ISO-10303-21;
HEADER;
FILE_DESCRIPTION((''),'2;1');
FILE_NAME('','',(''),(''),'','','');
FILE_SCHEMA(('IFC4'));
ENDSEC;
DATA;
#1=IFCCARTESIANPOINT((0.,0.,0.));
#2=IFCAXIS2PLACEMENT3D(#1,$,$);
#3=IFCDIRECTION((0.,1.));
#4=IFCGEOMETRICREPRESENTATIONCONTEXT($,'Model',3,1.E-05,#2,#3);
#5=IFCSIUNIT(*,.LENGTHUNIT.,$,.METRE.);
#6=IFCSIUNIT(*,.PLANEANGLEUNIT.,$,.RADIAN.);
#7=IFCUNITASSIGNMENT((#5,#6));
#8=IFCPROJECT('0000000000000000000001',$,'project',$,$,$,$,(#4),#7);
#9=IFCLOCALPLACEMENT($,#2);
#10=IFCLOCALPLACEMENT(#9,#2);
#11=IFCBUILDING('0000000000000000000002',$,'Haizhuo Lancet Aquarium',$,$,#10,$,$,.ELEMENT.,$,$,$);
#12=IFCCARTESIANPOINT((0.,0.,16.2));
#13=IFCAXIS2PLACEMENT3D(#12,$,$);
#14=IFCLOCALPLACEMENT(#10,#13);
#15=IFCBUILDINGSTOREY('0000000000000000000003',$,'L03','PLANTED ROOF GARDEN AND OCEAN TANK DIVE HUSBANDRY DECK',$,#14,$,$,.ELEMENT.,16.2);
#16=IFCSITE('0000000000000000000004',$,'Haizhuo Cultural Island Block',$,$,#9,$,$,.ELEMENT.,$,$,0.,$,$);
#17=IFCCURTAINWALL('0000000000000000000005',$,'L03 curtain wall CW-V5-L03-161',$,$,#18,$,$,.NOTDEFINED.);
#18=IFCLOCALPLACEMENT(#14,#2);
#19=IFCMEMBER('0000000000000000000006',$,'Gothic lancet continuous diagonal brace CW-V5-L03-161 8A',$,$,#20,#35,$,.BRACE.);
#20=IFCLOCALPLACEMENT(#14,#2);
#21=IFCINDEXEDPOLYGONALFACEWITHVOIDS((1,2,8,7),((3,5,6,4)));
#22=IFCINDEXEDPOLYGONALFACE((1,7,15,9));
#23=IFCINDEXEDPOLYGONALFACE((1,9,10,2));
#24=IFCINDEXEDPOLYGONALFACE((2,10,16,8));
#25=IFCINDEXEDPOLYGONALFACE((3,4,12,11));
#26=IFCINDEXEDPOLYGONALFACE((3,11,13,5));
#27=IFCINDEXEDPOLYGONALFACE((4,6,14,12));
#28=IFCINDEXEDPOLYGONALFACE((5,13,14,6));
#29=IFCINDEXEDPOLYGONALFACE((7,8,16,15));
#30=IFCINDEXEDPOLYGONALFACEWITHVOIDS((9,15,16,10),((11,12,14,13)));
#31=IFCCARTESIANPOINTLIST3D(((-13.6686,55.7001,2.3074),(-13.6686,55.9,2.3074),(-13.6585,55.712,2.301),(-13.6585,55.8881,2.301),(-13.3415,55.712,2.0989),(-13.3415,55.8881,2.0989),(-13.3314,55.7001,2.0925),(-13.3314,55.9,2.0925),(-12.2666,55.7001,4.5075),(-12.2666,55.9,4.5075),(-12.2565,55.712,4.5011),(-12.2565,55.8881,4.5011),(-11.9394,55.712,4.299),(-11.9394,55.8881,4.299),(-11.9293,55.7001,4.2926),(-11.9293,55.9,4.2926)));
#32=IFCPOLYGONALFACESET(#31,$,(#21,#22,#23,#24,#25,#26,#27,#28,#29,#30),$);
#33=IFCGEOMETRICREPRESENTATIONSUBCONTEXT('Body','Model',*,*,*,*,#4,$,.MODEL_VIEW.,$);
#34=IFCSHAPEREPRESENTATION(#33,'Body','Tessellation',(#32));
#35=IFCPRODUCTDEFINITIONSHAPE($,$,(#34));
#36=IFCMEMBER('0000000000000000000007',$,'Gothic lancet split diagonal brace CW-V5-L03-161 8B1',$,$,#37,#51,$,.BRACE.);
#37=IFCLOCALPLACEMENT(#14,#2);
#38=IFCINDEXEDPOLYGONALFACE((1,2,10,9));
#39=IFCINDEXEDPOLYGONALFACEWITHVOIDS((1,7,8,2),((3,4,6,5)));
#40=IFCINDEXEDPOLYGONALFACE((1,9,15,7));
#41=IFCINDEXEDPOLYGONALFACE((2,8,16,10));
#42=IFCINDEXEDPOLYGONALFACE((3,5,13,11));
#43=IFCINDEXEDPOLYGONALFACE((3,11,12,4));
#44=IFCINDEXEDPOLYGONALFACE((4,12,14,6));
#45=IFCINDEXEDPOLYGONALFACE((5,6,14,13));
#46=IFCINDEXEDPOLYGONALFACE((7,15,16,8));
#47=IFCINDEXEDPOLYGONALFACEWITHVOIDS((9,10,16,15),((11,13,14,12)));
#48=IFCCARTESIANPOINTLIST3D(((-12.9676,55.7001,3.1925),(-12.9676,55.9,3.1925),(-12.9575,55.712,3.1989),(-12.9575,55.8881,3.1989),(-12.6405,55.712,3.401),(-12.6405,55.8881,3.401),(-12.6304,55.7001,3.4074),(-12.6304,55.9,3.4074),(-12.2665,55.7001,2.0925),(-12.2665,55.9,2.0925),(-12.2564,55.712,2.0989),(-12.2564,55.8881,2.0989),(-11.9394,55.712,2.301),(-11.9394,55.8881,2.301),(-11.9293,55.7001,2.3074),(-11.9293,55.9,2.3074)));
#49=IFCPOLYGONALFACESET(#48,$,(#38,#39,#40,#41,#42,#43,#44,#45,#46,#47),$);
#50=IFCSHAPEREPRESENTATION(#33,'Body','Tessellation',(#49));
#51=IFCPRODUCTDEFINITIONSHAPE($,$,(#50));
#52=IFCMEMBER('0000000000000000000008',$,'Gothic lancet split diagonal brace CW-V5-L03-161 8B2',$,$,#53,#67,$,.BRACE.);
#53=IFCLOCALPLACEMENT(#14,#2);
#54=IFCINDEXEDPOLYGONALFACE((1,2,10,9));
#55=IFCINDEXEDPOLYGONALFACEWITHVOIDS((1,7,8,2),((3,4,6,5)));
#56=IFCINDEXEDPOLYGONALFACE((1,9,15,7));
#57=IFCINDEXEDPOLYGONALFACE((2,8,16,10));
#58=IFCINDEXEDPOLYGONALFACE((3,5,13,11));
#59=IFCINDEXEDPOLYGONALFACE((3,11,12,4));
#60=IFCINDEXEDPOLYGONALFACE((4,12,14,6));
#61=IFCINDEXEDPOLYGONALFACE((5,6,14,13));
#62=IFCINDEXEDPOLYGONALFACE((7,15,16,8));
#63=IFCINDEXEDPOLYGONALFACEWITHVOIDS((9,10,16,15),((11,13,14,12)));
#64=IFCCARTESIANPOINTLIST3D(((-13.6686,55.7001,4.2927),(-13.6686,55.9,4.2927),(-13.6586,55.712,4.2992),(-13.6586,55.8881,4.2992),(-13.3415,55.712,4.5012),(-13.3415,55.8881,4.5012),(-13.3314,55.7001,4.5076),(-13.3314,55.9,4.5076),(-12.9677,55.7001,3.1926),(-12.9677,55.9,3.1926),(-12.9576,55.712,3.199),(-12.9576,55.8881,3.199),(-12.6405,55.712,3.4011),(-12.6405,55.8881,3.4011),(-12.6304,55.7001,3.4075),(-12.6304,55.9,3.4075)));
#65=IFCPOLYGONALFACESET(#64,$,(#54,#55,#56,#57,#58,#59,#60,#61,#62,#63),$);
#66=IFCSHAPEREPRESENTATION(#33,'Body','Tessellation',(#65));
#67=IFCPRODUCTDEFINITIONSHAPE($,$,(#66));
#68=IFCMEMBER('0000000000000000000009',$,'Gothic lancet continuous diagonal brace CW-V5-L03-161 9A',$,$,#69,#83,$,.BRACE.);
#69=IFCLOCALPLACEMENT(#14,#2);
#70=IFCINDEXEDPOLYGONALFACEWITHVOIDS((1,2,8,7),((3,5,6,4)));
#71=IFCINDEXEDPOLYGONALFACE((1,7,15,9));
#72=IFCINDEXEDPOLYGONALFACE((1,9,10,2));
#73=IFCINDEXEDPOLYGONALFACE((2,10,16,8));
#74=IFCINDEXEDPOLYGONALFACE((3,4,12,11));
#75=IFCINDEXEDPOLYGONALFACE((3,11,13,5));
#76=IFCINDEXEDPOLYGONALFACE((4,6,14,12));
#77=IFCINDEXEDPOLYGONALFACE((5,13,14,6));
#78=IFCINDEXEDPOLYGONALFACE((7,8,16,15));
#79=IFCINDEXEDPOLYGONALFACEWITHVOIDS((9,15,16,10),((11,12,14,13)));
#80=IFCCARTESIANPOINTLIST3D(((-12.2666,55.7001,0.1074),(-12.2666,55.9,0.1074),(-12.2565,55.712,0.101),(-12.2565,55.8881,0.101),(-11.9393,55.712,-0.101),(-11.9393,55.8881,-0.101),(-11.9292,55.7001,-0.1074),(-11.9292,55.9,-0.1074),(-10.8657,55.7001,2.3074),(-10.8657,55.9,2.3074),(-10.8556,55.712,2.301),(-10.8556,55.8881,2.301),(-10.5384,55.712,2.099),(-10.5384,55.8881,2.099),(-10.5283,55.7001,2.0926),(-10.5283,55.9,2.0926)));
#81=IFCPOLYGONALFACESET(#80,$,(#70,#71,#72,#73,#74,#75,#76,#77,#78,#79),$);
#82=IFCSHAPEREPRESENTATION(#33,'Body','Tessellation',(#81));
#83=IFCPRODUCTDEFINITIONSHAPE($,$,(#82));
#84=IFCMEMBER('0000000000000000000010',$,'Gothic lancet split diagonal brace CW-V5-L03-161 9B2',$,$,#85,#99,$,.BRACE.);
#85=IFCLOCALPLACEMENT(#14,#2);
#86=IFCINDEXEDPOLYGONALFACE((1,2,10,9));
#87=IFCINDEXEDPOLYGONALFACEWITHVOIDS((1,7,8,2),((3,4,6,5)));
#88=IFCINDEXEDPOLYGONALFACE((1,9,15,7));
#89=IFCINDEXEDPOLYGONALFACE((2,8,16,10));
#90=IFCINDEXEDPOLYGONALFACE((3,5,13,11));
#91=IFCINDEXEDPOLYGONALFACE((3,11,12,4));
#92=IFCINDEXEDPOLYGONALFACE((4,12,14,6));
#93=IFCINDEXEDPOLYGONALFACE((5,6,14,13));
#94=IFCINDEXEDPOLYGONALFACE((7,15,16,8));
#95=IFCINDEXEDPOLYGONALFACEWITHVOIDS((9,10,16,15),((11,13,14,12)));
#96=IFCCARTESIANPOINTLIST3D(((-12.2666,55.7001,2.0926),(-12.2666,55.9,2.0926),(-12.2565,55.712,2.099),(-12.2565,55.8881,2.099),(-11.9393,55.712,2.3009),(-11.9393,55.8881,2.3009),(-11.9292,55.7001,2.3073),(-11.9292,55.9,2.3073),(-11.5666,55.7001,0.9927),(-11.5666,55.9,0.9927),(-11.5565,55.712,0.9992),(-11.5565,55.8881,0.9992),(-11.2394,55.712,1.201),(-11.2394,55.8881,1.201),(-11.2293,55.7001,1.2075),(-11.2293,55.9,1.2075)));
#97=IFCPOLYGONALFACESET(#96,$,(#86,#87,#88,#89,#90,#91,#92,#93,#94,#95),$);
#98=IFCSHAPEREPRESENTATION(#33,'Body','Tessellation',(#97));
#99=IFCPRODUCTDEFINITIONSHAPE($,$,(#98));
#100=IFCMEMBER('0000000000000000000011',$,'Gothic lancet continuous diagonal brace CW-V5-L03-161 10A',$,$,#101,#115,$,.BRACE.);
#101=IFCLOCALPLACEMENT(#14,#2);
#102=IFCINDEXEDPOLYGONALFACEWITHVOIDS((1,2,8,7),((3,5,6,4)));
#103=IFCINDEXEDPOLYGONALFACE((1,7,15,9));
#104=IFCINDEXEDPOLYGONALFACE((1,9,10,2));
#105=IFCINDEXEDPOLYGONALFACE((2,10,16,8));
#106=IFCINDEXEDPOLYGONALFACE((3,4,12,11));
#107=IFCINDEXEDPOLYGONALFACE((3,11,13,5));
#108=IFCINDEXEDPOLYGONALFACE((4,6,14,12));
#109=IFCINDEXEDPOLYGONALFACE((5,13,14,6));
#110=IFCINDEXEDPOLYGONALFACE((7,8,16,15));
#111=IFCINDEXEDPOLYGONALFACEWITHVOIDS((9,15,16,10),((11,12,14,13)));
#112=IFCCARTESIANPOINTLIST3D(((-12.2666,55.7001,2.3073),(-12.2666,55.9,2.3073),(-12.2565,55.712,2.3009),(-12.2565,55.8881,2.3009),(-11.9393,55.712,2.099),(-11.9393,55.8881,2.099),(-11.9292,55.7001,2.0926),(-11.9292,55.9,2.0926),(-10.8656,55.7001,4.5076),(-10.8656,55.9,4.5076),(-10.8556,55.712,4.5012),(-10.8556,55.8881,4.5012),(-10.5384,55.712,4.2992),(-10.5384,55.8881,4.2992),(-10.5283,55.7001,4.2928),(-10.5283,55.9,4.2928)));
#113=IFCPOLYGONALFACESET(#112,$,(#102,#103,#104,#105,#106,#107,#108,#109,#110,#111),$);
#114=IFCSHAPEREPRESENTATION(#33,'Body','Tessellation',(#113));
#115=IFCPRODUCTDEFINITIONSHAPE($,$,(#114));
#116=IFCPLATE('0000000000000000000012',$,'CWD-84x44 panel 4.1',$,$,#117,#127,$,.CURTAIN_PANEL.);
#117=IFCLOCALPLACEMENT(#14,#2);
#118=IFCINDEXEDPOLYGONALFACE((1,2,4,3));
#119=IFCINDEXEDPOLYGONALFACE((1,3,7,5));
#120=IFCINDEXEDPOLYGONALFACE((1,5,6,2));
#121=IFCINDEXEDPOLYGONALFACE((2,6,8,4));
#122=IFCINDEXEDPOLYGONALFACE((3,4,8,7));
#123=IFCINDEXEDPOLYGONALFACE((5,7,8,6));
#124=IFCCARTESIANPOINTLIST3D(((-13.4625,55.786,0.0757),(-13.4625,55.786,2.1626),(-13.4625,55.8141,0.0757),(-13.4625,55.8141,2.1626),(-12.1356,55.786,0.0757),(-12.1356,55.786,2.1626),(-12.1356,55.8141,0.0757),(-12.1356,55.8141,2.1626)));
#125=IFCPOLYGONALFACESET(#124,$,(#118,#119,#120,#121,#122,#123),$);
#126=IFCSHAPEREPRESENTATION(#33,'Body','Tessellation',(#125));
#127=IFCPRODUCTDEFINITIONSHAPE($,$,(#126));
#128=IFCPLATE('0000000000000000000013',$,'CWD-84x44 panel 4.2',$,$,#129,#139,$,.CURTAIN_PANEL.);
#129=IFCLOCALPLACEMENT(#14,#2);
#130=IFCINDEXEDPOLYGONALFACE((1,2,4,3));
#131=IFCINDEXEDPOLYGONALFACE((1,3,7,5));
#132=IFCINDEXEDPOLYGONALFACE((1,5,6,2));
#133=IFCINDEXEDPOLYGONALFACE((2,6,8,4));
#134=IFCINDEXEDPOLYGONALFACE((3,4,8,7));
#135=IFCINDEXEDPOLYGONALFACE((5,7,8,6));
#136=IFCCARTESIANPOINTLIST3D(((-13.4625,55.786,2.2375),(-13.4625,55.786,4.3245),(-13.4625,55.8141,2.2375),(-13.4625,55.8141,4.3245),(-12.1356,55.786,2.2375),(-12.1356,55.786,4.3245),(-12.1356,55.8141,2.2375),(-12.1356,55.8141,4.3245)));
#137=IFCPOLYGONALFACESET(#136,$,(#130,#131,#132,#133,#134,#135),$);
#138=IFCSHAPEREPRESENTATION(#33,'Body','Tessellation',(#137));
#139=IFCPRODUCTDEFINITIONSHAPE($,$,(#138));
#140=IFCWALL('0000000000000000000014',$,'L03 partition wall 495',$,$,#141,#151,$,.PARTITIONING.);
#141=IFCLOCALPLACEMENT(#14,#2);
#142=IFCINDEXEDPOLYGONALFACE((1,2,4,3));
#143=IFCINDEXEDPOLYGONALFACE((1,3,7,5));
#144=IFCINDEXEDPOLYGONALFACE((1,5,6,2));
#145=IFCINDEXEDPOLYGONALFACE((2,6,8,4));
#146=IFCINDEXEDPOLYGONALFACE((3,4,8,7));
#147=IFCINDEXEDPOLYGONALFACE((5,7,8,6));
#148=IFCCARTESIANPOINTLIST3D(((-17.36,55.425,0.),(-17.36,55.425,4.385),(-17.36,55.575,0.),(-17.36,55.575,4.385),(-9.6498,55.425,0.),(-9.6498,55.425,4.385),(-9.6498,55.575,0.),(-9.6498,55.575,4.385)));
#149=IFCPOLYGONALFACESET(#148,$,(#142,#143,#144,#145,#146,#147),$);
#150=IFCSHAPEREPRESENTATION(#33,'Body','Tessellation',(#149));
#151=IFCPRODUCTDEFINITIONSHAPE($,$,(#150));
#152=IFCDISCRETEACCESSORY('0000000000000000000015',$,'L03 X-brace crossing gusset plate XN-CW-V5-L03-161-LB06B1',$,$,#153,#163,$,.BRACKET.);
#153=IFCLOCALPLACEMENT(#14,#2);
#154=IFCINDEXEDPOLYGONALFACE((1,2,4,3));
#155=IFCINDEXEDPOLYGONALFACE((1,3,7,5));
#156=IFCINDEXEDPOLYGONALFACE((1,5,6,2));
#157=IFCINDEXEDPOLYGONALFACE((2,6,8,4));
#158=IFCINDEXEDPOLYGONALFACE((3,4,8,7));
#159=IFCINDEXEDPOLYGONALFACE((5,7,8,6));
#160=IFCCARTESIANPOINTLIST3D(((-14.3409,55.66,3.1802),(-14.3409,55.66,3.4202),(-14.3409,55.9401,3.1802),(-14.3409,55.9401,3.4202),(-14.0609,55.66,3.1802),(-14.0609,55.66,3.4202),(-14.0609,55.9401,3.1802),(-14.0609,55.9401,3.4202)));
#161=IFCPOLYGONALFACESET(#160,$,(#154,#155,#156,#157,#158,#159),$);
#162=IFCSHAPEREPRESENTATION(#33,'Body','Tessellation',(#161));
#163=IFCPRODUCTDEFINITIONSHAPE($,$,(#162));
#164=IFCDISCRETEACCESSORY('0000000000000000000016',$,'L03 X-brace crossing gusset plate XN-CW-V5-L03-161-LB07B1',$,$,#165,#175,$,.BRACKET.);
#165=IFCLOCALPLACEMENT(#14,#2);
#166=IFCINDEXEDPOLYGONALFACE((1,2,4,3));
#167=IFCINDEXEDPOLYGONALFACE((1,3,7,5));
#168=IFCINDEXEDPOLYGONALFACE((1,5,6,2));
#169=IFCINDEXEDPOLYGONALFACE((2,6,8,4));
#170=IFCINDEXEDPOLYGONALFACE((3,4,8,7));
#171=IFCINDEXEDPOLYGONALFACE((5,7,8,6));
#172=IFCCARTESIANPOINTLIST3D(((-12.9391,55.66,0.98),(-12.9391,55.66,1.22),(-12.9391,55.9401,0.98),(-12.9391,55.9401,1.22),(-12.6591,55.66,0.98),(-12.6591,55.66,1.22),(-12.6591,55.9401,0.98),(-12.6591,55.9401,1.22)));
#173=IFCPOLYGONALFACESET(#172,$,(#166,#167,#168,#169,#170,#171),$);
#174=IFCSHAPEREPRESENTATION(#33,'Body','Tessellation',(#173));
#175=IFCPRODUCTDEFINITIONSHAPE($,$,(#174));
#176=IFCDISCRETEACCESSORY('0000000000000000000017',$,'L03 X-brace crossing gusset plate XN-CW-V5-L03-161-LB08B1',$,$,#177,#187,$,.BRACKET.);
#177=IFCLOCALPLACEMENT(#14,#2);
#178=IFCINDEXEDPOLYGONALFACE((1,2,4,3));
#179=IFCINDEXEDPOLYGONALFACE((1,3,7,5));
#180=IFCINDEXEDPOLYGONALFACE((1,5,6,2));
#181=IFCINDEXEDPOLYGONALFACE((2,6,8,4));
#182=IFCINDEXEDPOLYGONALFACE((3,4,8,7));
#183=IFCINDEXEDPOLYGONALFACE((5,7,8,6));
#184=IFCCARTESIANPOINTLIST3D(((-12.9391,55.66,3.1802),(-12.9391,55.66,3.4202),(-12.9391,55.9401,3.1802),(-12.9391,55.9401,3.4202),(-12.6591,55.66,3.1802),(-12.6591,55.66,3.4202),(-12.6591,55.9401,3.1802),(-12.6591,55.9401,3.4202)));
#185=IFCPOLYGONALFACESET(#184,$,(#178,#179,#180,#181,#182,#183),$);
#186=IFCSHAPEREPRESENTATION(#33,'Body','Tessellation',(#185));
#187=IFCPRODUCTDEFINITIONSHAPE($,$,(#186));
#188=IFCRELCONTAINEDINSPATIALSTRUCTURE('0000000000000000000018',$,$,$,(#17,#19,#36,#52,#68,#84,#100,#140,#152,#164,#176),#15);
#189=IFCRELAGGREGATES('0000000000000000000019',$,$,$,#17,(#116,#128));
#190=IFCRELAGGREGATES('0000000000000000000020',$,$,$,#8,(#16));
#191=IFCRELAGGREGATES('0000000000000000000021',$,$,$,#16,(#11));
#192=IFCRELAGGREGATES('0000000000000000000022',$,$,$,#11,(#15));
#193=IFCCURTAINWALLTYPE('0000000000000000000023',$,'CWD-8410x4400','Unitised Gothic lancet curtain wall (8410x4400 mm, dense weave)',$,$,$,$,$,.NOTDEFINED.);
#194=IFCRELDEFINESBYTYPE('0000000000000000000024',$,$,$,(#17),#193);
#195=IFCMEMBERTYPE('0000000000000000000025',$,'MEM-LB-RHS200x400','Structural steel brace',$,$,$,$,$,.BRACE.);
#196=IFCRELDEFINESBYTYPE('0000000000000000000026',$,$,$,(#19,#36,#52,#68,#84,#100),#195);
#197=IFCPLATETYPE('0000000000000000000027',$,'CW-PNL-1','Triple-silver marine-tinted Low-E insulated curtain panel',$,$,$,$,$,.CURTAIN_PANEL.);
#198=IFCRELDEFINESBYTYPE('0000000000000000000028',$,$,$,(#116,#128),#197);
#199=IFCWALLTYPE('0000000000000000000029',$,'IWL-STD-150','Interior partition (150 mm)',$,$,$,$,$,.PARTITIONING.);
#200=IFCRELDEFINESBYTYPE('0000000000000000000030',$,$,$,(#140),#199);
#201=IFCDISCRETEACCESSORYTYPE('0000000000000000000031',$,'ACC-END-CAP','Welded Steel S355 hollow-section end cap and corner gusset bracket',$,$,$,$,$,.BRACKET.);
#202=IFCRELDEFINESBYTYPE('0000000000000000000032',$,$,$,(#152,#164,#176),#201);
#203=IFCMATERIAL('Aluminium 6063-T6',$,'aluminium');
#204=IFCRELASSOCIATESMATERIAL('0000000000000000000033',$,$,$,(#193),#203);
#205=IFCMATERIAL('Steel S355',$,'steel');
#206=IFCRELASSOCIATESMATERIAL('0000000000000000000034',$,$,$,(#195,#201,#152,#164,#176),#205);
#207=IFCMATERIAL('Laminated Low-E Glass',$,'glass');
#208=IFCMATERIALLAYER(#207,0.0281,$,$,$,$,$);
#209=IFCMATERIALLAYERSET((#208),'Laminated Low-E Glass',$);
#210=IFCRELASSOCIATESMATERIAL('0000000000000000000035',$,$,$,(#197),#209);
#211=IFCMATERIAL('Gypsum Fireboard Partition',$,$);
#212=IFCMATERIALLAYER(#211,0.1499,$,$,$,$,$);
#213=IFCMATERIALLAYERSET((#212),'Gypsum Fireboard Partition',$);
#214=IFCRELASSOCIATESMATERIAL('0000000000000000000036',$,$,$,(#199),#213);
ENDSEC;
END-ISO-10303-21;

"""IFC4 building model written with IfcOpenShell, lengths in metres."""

from ifc_helpers import new_model, si_unit, direction, frame, frame_2d, origin, origin_2d, place, context, subcontext, project, spatial, rectangle, hollow_rectangle, extrude, material, layer, layer_set, material_profile, profile_set, type_object, element, aggregate, save


model = new_model("IFC4")

# Units and contexts
model_context = context("Model", 3, precision=1e-05, world=origin(), true_north=direction((0.0, 1.0)))
body_context = subcontext(model_context, "Body", "Model", "MODEL_VIEW")
ifc_project = project(units=[si_unit("LENGTHUNIT", "METRE"), si_unit("PLANEANGLEUNIT", "RADIAN")], contexts=[model_context])

# Site, building, storey
site_placement = place(None, origin())
site = spatial("IfcSite", under=ifc_project, at=site_placement, Name="Haizhuo Cultural Island Block", CompositionType="ELEMENT", RefElevation=0.0)
building_placement = place(site_placement, origin())
building = spatial("IfcBuilding", under=site, at=building_placement, Name="Haizhuo Lancet Aquarium", CompositionType="ELEMENT")
storey_placement = place(building_placement, frame((0.0, 0.0, 16.2)))
storey = spatial("IfcBuildingStorey", under=building, at=storey_placement, Name="L03", Description="PLANTED ROOF GARDEN AND OCEAN TANK DIVE HUSBANDRY DECK", CompositionType="ELEMENT", Elevation=16.2)

# Curtain wall
ifc_material_1 = material(Name="Aluminium 6063-T6", Category="aluminium")
curtain_wall_type = type_object("IfcCurtainWallType", Name="CWD-8410x4400", Description="Unitised Gothic lancet curtain wall (8410x4400 mm, dense weave)", PredefinedType="NOTDEFINED", material=ifc_material_1)
curtain_wall_placement = place(storey_placement, origin())
curtain_wall = element("IfcCurtainWall", 1, at=curtain_wall_placement, inside=storey, type_object=curtain_wall_type, Name="L03 curtain wall CW-V5-L03-161", PredefinedType="NOTDEFINED")

# Shared definitions
ifc_material_2 = material(Name="Steel S355", Category="steel")

# Members
ifc_material_profile_1 = material_profile(ifc_material_2, hollow_rectangle(XDim=0.2, YDim=0.3999, WallThickness=0.012, at=origin_2d()), Name="RHS 200x400x12")
ifc_profile_set_1 = profile_set([ifc_material_profile_1], Name="Steel S355")
member_type_1 = type_object("IfcMemberType", Name="MEM-LB-RHS200x400", Description="Structural steel brace", PredefinedType="BRACE", material=ifc_profile_set_1)
member_1_placement = place(storey_placement, frame((-13.5, 55.8, 2.2), z_axis=(0.537414, 0.0, 0.843318), x_axis=(0.0, 1.0, 0.0)))
element("IfcMember", 2, at=member_1_placement, inside=storey, type_object=member_type_1, Name="Gothic lancet continuous diagonal brace CW-V5-L03-161 8A", PredefinedType="BRACE", context=body_context, shape_type="SweptSolid", body=[
    extrude(hollow_rectangle(XDim=0.2, YDim=0.3999, WallThickness=0.012, at=origin_2d()), origin(), (0.0, 0.0, 1.0), 2.6089),
])
for number, where, z_axis, x_axis, name in (
    (3, (-12.0979, 55.8, 2.2), (-0.537481, 0.0, 0.843276), (0.0, -1.0, 0.0), "Gothic lancet split diagonal brace CW-V5-L03-161 8B1"),
    (4, (-12.7991, 55.8, 3.3), (-0.537348, 0.0, 0.843361), (0.0, -1.0, 0.0), "Gothic lancet split diagonal brace CW-V5-L03-161 8B2"),
):
    element("IfcMember", number, at=place(storey_placement, frame(where, z_axis=z_axis, x_axis=x_axis)), inside=storey, type_object=member_type_1, Name=name, PredefinedType="BRACE", context=body_context, shape_type="SweptSolid", body=[
        extrude(hollow_rectangle(XDim=0.2, YDim=0.3999, WallThickness=0.012, at=origin_2d()), origin(), (0.0, 0.0, 1.0), 1.3044),
    ])
member_2_placement = place(storey_placement, frame((-12.0979, 55.8, 0.0), z_axis=(0.537124, 0.0, 0.843503), x_axis=(0.0, 1.0, 0.0)))
element("IfcMember", 5, at=member_2_placement, inside=storey, type_object=member_type_1, Name="Gothic lancet continuous diagonal brace CW-V5-L03-161 9A", PredefinedType="BRACE", context=body_context, shape_type="SweptSolid", body=[
    extrude(hollow_rectangle(XDim=0.2, YDim=0.3999, WallThickness=0.012, at=origin_2d()), origin(), (0.0, 0.0, 1.0), 2.6082),
])
member_3_placement = place(storey_placement, frame((-11.3979, 55.8, 1.1001), z_axis=(-0.5369, 0.0, 0.843646), x_axis=(0.0, -1.0, 0.0)))
element("IfcMember", 6, at=member_3_placement, inside=storey, type_object=member_type_1, Name="Gothic lancet split diagonal brace CW-V5-L03-161 9B2", PredefinedType="BRACE", context=body_context, shape_type="SweptSolid", body=[
    extrude(hollow_rectangle(XDim=0.2, YDim=0.3999, WallThickness=0.012, at=origin_2d()), origin(), (0.0, 0.0, 1.0), 1.3037),
])
member_4_placement = place(storey_placement, frame((-12.0979, 55.8, 2.2), z_axis=(0.537081, 0.0, 0.84353), x_axis=(0.0, 1.0, 0.0)))
element("IfcMember", 7, at=member_4_placement, inside=storey, type_object=member_type_1, Name="Gothic lancet continuous diagonal brace CW-V5-L03-161 10A", PredefinedType="BRACE", context=body_context, shape_type="SweptSolid", body=[
    extrude(hollow_rectangle(XDim=0.2, YDim=0.3999, WallThickness=0.012, at=origin_2d()), origin(), (0.0, 0.0, 1.0), 2.6084),
])

# Plates
ifc_material_3 = material(Name="Laminated Low-E Glass", Category="glass")
ifc_layer_1 = layer(ifc_material_3, 0.0281)
ifc_layer_set_1 = layer_set([ifc_layer_1], Name="Laminated Low-E Glass")
plate_type = type_object("IfcPlateType", Name="CW-PNL-1", Description="Triple-silver marine-tinted Low-E insulated curtain panel", PredefinedType="CURTAIN_PANEL", material=ifc_layer_set_1)
plate_1_placement = place(storey_placement, frame((-12.7991, 55.8, 0.0757), z_axis=(0.0, 0.0, 1.0), x_axis=(1.0, 0.0, 0.0)))
plate_1 = element("IfcPlate", 8, at=plate_1_placement, type_object=plate_type, Name="CWD-84x44 panel 4.1", PredefinedType="CURTAIN_PANEL", context=body_context, shape_type="SweptSolid", body=[
    extrude(rectangle(XDim=1.3269, YDim=0.0281, at=origin_2d()), origin(), (0.0, 0.0, 1.0), 2.0869),
])
plate_2_placement = place(storey_placement, frame((-12.7991, 55.8, 2.2375), z_axis=(0.0, 0.0, 1.0), x_axis=(1.0, 0.0, 0.0)))
plate_2 = element("IfcPlate", 9, at=plate_2_placement, type_object=plate_type, Name="CWD-84x44 panel 4.2", PredefinedType="CURTAIN_PANEL", context=body_context, shape_type="SweptSolid", body=[
    extrude(rectangle(XDim=1.3269, YDim=0.0281, at=origin_2d()), origin(), (0.0, 0.0, 1.0), 2.0869),
])
aggregate(curtain_wall, [plate_1, plate_2])

# Wall
ifc_material_4 = material(Name="Gypsum Fireboard Partition")
ifc_layer_2 = layer(ifc_material_4, 0.1499)
ifc_layer_set_2 = layer_set([ifc_layer_2], Name="Gypsum Fireboard Partition")
wall_type = type_object("IfcWallType", Name="IWL-STD-150", Description="Interior partition (150 mm)", PredefinedType="PARTITIONING", material=ifc_layer_set_2)
wall_placement = place(storey_placement, frame((-9.6499, 55.5, 0.0), z_axis=(0.0, 0.0, 1.0), x_axis=(-1.0, 0.0, 0.0)))
element("IfcWall", 10, at=wall_placement, inside=storey, type_object=wall_type, Name="L03 partition wall 495", PredefinedType="PARTITIONING", context=body_context, shape_type="SweptSolid", body=[
    extrude(rectangle(XDim=7.7102, YDim=0.1499, at=frame_2d((3.855, 0.0))), origin(), (0.0, 0.0, 1.0), 4.385),
])

# Discrete accessories
discrete_accessory_type = type_object("IfcDiscreteAccessoryType", Name="ACC-END-CAP", Description="Welded Steel S355 hollow-section end cap and corner gusset bracket", PredefinedType="BRACKET", material=ifc_material_2)
for number, where, z_axis, x_axis, name in (
    (11, (-14.2009, 55.8, 3.1802), (0.0, 0.0, 1.0), (1.0, 0.0, 0.0), "L03 X-brace crossing gusset plate XN-CW-V5-L03-161-LB06B1"),
    (12, (-12.7991, 55.8, 0.98), (0.0, 0.0, 1.0), (1.0, 0.0, 0.0), "L03 X-brace crossing gusset plate XN-CW-V5-L03-161-LB07B1"),
    (13, (-12.7991, 55.8, 3.1802), (0.0, 0.0, 1.0), (1.0, 0.0, 0.0), "L03 X-brace crossing gusset plate XN-CW-V5-L03-161-LB08B1"),
):
    element("IfcDiscreteAccessory", number, at=place(storey_placement, frame(where, z_axis=z_axis, x_axis=x_axis)), inside=storey, type_object=discrete_accessory_type, material=ifc_material_2, Name=name, PredefinedType="BRACKET", context=body_context, shape_type="SweptSolid", body=[
        extrude(rectangle(XDim=0.28, YDim=0.28, at=origin_2d()), origin(), (0.0, 0.0, 1.0), 0.24),
    ])

save(model, "model.ifc")
